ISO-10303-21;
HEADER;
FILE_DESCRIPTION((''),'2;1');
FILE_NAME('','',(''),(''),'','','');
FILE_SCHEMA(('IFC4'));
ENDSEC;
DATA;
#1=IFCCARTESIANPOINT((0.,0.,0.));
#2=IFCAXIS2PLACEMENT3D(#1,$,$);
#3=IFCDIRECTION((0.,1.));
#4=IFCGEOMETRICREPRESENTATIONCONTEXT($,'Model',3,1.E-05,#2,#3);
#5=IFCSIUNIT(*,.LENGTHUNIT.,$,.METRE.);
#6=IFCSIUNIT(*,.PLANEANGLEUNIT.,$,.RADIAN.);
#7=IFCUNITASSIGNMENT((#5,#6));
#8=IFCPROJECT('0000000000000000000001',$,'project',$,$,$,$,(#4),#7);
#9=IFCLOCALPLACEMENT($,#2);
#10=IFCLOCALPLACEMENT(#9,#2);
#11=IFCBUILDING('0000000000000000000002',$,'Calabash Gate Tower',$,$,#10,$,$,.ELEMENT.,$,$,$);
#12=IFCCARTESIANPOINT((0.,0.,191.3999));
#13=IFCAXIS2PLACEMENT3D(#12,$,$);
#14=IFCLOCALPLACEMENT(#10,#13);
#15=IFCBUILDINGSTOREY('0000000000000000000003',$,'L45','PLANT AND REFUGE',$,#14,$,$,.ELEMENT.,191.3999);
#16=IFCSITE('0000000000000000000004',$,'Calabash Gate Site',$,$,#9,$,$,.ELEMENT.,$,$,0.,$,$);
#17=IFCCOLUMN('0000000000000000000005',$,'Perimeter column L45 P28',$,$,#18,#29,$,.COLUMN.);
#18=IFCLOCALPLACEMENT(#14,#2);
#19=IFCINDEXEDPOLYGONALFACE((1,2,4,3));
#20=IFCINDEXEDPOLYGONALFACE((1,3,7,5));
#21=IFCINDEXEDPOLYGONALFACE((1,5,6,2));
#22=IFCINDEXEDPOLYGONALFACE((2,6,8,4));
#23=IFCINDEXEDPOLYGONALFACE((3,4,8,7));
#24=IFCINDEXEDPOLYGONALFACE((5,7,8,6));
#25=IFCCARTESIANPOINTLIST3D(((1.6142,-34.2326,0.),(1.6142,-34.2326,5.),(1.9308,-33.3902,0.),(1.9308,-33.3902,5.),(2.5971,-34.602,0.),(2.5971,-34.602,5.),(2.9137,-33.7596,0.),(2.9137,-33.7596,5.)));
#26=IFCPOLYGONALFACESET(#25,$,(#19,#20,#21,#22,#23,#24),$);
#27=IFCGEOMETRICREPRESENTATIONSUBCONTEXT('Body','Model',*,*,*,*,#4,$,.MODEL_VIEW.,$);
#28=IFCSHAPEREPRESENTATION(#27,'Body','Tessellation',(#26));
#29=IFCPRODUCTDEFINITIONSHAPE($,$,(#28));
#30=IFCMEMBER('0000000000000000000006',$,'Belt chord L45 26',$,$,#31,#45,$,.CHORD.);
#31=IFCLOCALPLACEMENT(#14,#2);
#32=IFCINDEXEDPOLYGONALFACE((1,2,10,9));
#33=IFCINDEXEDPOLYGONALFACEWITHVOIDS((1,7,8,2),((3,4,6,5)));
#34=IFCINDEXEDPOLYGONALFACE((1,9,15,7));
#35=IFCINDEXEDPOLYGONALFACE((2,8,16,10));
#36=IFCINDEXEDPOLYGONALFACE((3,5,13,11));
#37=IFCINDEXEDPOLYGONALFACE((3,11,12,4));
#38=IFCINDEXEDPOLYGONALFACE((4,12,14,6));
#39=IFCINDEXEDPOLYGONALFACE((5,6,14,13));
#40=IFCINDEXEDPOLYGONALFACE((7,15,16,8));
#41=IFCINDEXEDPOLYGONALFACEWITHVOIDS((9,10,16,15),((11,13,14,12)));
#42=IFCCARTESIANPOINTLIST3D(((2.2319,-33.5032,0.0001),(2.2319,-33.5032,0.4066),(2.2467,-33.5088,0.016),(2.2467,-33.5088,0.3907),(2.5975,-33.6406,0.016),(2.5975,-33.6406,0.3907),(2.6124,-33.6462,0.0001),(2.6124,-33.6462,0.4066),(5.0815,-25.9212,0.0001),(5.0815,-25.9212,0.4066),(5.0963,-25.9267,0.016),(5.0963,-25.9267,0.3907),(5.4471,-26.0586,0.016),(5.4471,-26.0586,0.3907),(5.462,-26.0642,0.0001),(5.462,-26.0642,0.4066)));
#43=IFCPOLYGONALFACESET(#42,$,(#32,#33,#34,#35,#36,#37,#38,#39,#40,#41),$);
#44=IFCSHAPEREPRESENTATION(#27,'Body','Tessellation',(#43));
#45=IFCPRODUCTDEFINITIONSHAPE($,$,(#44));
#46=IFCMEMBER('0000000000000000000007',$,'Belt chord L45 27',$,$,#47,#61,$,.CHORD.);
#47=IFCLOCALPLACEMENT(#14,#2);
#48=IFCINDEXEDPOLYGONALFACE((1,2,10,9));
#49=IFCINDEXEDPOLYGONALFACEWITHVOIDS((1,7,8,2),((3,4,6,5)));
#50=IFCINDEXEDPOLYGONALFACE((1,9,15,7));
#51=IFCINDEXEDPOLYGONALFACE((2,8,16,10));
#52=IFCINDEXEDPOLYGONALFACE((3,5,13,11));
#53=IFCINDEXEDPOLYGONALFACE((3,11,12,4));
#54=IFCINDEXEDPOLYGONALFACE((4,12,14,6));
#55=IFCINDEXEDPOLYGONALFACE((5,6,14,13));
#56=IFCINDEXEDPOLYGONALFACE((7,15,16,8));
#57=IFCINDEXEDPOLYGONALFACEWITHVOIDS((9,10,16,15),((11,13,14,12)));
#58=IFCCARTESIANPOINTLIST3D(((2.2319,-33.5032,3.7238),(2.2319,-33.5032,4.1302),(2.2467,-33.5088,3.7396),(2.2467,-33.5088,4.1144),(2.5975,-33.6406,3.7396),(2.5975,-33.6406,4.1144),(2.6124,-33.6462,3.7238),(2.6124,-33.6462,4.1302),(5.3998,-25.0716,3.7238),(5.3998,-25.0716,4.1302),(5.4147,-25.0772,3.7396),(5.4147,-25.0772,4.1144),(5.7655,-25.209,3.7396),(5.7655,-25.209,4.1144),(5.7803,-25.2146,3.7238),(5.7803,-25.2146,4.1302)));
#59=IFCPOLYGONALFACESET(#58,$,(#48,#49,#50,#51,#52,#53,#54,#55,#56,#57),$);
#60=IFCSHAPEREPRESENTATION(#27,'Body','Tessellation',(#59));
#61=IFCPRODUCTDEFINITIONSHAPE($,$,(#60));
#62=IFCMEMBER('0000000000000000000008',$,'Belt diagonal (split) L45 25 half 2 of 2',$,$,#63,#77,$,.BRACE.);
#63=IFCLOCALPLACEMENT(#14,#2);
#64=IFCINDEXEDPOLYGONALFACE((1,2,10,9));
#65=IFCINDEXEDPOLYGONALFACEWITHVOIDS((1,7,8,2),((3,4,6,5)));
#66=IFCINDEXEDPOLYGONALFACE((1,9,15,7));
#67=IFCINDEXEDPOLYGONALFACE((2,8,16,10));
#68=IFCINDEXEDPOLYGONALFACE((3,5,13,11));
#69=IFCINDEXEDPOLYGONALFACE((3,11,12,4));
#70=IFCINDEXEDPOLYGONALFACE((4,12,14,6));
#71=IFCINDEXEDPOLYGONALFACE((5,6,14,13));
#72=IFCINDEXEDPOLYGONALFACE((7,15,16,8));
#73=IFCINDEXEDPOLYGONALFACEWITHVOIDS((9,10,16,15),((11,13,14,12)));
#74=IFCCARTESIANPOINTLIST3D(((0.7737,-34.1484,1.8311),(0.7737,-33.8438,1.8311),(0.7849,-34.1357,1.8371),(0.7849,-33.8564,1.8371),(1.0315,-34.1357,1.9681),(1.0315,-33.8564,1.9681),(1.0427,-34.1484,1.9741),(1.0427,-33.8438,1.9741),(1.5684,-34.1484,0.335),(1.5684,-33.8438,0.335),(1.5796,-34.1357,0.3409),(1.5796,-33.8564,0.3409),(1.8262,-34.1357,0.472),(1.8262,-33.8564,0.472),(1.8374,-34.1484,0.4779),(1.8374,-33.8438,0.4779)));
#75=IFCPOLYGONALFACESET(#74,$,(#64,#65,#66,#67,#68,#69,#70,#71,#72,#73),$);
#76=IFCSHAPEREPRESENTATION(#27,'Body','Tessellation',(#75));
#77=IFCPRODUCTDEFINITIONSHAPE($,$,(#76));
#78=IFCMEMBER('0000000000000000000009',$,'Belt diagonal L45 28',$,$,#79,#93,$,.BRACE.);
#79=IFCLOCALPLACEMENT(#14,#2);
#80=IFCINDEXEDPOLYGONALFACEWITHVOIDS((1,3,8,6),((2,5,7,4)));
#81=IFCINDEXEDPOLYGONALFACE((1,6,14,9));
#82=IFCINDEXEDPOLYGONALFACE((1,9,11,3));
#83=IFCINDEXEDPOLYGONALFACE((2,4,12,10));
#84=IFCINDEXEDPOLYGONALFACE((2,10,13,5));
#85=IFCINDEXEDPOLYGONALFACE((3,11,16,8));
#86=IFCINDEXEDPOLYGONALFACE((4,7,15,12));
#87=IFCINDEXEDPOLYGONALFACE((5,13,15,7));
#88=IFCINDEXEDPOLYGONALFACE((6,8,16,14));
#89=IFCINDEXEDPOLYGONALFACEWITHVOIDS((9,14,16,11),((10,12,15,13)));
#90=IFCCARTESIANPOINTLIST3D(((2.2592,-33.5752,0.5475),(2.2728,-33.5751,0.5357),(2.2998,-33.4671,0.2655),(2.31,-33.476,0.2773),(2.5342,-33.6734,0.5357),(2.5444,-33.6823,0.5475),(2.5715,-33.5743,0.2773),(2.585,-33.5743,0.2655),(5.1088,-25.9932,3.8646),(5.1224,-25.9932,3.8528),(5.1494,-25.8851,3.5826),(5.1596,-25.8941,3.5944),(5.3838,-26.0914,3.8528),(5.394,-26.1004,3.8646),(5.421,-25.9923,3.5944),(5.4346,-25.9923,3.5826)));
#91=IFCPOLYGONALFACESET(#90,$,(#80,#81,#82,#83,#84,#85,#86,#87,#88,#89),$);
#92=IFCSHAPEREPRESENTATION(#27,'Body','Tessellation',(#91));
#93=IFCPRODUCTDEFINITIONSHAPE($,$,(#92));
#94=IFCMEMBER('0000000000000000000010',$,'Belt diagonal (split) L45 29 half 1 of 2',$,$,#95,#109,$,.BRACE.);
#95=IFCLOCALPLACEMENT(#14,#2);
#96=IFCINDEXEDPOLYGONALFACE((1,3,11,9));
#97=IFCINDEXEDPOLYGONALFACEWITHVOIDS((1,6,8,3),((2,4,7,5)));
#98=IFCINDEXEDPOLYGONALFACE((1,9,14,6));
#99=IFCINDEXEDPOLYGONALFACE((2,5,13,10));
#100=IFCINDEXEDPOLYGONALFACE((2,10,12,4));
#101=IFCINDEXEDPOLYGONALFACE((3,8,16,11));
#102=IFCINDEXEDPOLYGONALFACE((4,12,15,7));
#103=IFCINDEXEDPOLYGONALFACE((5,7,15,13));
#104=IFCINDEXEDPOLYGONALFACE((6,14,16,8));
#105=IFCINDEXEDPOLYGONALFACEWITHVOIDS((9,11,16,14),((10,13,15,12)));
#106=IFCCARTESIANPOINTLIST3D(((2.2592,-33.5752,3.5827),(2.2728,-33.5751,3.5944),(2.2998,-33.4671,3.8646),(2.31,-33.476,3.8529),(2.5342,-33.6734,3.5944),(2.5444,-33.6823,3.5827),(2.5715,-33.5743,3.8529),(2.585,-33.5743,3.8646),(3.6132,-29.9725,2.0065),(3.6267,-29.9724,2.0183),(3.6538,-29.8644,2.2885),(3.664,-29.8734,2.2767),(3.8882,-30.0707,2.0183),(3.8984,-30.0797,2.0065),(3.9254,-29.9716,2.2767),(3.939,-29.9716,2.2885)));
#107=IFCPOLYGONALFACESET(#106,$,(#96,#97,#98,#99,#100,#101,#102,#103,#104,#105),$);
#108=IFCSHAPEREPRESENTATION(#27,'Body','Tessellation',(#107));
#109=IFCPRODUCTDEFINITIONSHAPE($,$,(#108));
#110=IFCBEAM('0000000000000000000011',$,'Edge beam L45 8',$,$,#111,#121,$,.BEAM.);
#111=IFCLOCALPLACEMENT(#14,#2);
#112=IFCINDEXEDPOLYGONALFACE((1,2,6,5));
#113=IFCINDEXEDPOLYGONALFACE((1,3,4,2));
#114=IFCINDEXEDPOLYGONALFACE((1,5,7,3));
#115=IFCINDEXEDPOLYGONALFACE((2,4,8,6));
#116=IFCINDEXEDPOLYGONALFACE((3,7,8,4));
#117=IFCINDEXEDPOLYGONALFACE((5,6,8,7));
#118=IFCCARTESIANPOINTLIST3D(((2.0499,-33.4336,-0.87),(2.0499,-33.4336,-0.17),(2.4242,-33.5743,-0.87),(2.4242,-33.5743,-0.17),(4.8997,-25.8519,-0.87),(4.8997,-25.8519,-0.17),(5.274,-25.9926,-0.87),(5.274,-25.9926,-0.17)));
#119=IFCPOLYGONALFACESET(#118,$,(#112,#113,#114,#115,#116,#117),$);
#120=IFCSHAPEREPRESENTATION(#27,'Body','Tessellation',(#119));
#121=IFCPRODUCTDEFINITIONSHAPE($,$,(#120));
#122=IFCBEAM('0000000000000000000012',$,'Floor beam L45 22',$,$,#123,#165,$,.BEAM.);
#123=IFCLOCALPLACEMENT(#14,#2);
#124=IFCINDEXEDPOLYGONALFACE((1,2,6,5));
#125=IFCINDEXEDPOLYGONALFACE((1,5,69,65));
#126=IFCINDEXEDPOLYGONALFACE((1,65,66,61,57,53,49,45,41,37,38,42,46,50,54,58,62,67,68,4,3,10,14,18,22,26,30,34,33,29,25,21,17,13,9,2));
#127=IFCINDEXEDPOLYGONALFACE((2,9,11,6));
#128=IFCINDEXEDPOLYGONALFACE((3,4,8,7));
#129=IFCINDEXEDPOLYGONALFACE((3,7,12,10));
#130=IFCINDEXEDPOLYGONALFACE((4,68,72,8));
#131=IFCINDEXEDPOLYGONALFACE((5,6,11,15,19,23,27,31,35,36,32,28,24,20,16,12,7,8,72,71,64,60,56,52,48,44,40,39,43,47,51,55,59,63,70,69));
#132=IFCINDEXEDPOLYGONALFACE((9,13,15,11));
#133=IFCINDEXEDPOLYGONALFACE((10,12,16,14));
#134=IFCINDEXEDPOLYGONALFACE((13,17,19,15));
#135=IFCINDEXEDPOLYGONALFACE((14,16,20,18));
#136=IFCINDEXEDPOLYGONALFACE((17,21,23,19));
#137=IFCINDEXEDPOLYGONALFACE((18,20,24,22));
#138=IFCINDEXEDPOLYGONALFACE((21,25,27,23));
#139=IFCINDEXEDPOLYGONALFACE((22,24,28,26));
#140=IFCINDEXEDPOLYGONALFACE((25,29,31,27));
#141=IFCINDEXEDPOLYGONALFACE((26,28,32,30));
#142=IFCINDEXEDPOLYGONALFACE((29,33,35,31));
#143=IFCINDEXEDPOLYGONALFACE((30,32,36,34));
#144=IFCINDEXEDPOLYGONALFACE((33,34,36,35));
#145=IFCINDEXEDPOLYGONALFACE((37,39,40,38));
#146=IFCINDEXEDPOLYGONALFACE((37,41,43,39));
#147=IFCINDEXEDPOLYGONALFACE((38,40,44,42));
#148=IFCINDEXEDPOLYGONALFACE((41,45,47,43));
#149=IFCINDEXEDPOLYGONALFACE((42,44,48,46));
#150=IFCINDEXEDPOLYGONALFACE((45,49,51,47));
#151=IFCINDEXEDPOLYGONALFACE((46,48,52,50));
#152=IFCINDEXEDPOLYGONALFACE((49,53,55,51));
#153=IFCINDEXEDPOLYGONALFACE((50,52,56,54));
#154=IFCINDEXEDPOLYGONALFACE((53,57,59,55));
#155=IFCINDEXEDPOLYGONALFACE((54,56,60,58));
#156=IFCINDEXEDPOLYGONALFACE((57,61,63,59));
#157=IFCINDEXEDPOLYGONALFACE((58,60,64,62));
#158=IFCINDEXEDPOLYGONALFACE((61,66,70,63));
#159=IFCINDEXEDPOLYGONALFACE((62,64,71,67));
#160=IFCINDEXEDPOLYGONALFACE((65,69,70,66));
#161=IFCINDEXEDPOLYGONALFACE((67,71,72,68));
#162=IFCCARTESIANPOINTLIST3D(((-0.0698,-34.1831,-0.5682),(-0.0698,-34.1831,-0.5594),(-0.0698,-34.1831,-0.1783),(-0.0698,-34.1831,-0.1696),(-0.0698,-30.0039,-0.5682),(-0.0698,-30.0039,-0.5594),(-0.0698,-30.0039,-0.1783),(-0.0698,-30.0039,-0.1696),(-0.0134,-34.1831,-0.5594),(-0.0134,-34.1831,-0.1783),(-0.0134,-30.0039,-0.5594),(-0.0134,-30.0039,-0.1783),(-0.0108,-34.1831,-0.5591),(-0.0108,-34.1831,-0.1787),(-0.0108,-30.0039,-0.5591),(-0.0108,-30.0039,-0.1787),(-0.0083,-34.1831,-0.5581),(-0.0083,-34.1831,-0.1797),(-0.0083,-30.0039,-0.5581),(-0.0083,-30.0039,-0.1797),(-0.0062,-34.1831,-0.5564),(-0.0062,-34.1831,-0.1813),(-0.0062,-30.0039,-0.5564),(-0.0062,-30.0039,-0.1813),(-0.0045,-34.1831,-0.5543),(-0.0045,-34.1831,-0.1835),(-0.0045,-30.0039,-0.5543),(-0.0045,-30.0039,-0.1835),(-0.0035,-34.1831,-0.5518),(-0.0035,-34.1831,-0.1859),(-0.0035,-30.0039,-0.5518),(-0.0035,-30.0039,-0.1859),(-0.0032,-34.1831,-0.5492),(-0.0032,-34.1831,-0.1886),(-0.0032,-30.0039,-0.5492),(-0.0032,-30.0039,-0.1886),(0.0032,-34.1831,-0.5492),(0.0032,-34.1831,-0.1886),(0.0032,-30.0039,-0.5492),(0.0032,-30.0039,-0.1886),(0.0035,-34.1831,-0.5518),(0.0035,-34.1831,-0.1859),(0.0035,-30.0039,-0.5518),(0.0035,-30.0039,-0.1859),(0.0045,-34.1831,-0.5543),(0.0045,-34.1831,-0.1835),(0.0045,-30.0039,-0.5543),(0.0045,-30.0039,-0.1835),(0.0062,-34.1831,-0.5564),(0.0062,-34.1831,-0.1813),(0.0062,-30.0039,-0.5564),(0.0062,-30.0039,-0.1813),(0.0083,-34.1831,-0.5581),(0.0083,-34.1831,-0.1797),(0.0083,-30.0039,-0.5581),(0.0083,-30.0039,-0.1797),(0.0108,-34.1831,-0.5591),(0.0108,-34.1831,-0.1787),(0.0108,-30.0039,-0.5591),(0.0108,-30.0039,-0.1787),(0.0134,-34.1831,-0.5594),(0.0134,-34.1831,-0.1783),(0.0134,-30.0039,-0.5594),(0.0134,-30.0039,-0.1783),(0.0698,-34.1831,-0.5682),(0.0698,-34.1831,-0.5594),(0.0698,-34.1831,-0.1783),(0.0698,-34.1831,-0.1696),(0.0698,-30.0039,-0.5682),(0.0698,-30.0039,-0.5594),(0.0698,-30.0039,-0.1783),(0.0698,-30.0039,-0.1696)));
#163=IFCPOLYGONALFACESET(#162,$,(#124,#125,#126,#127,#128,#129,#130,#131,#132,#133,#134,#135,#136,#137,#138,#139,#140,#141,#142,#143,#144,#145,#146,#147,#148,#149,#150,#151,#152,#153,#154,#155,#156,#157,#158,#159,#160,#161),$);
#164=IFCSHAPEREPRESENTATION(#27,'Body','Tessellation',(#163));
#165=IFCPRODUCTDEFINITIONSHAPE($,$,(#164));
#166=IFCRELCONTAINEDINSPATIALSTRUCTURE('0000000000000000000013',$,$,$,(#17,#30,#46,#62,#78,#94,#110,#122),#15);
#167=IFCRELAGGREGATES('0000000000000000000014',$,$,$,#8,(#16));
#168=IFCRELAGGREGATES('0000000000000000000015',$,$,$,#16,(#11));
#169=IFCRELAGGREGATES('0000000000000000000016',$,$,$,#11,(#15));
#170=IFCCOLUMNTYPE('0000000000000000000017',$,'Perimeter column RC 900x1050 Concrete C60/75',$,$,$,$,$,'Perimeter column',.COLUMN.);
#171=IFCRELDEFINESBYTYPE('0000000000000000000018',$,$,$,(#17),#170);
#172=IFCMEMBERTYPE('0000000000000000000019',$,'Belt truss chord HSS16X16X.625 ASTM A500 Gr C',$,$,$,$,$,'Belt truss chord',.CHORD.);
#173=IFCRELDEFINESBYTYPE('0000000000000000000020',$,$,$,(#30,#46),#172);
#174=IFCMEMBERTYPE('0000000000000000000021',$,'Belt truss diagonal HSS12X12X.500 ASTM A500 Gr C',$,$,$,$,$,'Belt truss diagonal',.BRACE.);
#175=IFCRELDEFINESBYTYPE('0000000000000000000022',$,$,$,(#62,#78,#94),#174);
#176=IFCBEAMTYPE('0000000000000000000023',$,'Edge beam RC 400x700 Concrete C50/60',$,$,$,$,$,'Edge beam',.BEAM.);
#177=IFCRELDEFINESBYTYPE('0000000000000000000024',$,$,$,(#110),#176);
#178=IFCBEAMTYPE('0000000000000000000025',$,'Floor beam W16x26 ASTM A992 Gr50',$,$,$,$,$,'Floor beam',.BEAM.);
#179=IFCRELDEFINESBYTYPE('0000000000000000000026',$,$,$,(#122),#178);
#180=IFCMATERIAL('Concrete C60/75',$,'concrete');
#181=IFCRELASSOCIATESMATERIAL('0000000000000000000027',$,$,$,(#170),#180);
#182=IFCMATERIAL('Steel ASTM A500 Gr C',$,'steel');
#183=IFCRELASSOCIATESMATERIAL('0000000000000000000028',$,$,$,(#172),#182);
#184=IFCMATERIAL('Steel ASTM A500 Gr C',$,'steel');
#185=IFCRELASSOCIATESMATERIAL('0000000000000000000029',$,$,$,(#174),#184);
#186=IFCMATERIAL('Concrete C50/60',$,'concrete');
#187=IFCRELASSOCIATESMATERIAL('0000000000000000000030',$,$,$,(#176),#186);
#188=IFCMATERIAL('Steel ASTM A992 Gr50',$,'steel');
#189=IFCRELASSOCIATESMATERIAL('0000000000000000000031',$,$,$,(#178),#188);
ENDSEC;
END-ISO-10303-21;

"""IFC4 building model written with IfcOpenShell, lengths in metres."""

from ifc_helpers import new_model, si_unit, direction, frame, origin, origin_2d, place, context, subcontext, project, spatial, rectangle, hollow_rectangle, i_section, extrude, material, material_profile, profile_set, type_object, element, save


model = new_model("IFC4")

# Units and contexts
model_context = context("Model", 3, precision=1e-05, world=origin(), true_north=direction((0.0, 1.0)))
body_context = subcontext(model_context, "Body", "Model", "MODEL_VIEW")
ifc_project = project(units=[si_unit("LENGTHUNIT", "METRE"), si_unit("PLANEANGLEUNIT", "RADIAN")], contexts=[model_context])

# Site, building, storey
site_placement = place(None, origin())
site = spatial("IfcSite", under=ifc_project, at=site_placement, Name="Calabash Gate Site", CompositionType="ELEMENT", RefElevation=0.0)
building_placement = place(site_placement, origin())
building = spatial("IfcBuilding", under=site, at=building_placement, Name="Calabash Gate Tower", CompositionType="ELEMENT")
storey_placement = place(building_placement, frame((0.0, 0.0, 191.3999)))
storey = spatial("IfcBuildingStorey", under=building, at=storey_placement, Name="L45", Description="PLANT AND REFUGE", CompositionType="ELEMENT", Elevation=191.3999)

# Column
ifc_material_1 = material(Name="Concrete C60/75", Category="concrete")
ifc_material_profile_1 = material_profile(ifc_material_1, rectangle(XDim=0.8999, YDim=1.05, at=origin_2d()))
ifc_profile_set_1 = profile_set([ifc_material_profile_1], Name="Concrete C60/75")
column_type = type_object("IfcColumnType", Name="Perimeter column RC 900x1050 Concrete C60/75", ElementType="Perimeter column", PredefinedType="COLUMN", material=ifc_profile_set_1)
column_placement = place(storey_placement, frame((2.2639, -33.9961, 0.0), z_axis=(0.0, 0.0, 1.0), x_axis=(0.351822, 0.936067, 0.0)))
element("IfcColumn", 1, at=column_placement, inside=storey, type_object=column_type, Name="Perimeter column L45 P28", PredefinedType="COLUMN", context=body_context, shape_type="SweptSolid", body=[
    extrude(rectangle(XDim=0.8999, YDim=1.05, at=origin_2d()), origin(), (0.0, 0.0, 1.0), 5.0),
])

# Members
ifc_material_2 = material(Name="Steel ASTM A500 Gr C", Category="steel")
ifc_material_profile_2 = material_profile(ifc_material_2, hollow_rectangle(XDim=0.4065, YDim=0.4065, WallThickness=0.0159, at=origin_2d()))
ifc_profile_set_2 = profile_set([ifc_material_profile_2], Name="Steel ASTM A500 Gr C")
member_type_1 = type_object("IfcMemberType", Name="Belt truss chord HSS16X16X.625 ASTM A500 Gr C", ElementType="Belt truss chord", PredefinedType="CHORD", material=ifc_profile_set_2)
member_1_placement = place(storey_placement, frame((2.4221, -33.5747, 0.2034), z_axis=(0.35181, 0.936071, 0.0), x_axis=(-0.936071, 0.35181, 0.0)))
element("IfcMember", 2, at=member_1_placement, inside=storey, type_object=member_type_1, Name="Belt chord L45 26", PredefinedType="CHORD", context=body_context, shape_type="SweptSolid", body=[
    extrude(hollow_rectangle(XDim=0.4065, YDim=0.4065, WallThickness=0.0159, at=origin_2d()), origin(), (0.0, 0.0, 1.0), 8.0999),
])
member_2_placement = place(storey_placement, frame((2.4221, -33.5747, 3.927), z_axis=(0.351717, 0.936106, 0.0), x_axis=(-0.936106, 0.351717, 0.0)))
element("IfcMember", 3, at=member_2_placement, inside=storey, type_object=member_type_1, Name="Belt chord L45 27", PredefinedType="CHORD", context=body_context, shape_type="SweptSolid", body=[
    extrude(hollow_rectangle(XDim=0.4065, YDim=0.4065, WallThickness=0.0159, at=origin_2d()), origin(), (0.0, 0.0, 1.0), 9.0071),
])
ifc_material_3 = material(Name="Steel ASTM A500 Gr C", Category="steel")
ifc_material_profile_3 = material_profile(ifc_material_3, hollow_rectangle(XDim=0.3047, YDim=0.3047, WallThickness=0.0127, at=origin_2d()))
ifc_profile_set_3 = profile_set([ifc_material_profile_3], Name="Steel ASTM A500 Gr C")
member_type_2 = type_object("IfcMemberType", Name="Belt truss diagonal HSS12X12X.500 ASTM A500 Gr C", ElementType="Belt truss diagonal", PredefinedType="BRACE", material=ifc_profile_set_3)
member_3_placement = place(storey_placement, frame((0.9082, -33.9961, 1.9026), z_axis=(0.469099, 0.0, -0.883146), x_axis=(0.0, 1.0, 0.0)))
element("IfcMember", 4, at=member_3_placement, inside=storey, type_object=member_type_2, Name="Belt diagonal (split) L45 25 half 2 of 2", PredefinedType="BRACE", context=body_context, shape_type="SweptSolid", body=[
    extrude(hollow_rectangle(XDim=0.3047, YDim=0.3047, WallThickness=0.0127, at=origin_2d()), origin(), (0.0, 0.0, 1.0), 1.6941),
])
member_4_placement = place(storey_placement, frame((2.4221, -33.5747, 0.4065), z_axis=(0.325567, 0.866244, 0.378982), x_axis=(-0.936071, 0.35181, 0.0)))
element("IfcMember", 5, at=member_4_placement, inside=storey, type_object=member_type_2, Name="Belt diagonal L45 28", PredefinedType="BRACE", context=body_context, shape_type="SweptSolid", body=[
    extrude(hollow_rectangle(XDim=0.3047, YDim=0.3047, WallThickness=0.0127, at=origin_2d()), origin(), (0.0, 0.0, 1.0), 8.7527),
])
member_5_placement = place(storey_placement, frame((2.4221, -33.5747, 3.7236), z_axis=(0.325556, 0.866252, -0.378974), x_axis=(-0.936076, 0.351798, 0.0)))
element("IfcMember", 6, at=member_5_placement, inside=storey, type_object=member_type_2, Name="Belt diagonal (split) L45 29 half 1 of 2", PredefinedType="BRACE", context=body_context, shape_type="SweptSolid", body=[
    extrude(hollow_rectangle(XDim=0.3047, YDim=0.3047, WallThickness=0.0127, at=origin_2d()), origin(), (0.0, 0.0, 1.0), 4.1589),
])

# Beams
ifc_material_4 = material(Name="Concrete C50/60", Category="concrete")
ifc_material_profile_4 = material_profile(ifc_material_4, rectangle(XDim=0.3999, YDim=0.7, at=origin_2d()))
ifc_profile_set_4 = profile_set([ifc_material_profile_4], Name="Concrete C50/60")
beam_type_1 = type_object("IfcBeamType", Name="Edge beam RC 400x700 Concrete C50/60", ElementType="Edge beam", PredefinedType="BEAM", material=ifc_profile_set_4)
beam_1_placement = place(storey_placement, frame((2.2371, -33.5039, -0.52), z_axis=(0.351847, 0.936058, 0.0), x_axis=(-0.936058, 0.351847, 0.0)))
element("IfcBeam", 7, at=beam_1_placement, inside=storey, type_object=beam_type_1, Name="Edge beam L45 8", PredefinedType="BEAM", context=body_context, shape_type="SweptSolid", body=[
    extrude(rectangle(XDim=0.3999, YDim=0.7, at=origin_2d()), origin(), (0.0, 0.0, 1.0), 8.0996),
])
ifc_material_5 = material(Name="Steel ASTM A992 Gr50", Category="steel")
ifc_material_profile_5 = material_profile(ifc_material_5, i_section(OverallWidth=0.1396, OverallDepth=0.3987, WebThickness=0.0063, FlangeThickness=0.0088, FilletRadius=0.0103, at=origin_2d()))
ifc_profile_set_5 = profile_set([ifc_material_profile_5], Name="Steel ASTM A992 Gr50")
beam_type_2 = type_object("IfcBeamType", Name="Floor beam W16x26 ASTM A992 Gr50", ElementType="Floor beam", PredefinedType="BEAM", material=ifc_profile_set_5)
beam_2_placement = place(storey_placement, frame((0.0, -34.1831, -0.3689), z_axis=(0.0, 1.0, 0.0), x_axis=(-1.0, 0.0, 0.0)))
element("IfcBeam", 8, at=beam_2_placement, inside=storey, type_object=beam_type_2, Name="Floor beam L45 22", PredefinedType="BEAM", context=body_context, shape_type="SweptSolid", body=[
    extrude(i_section(OverallWidth=0.1396, OverallDepth=0.3987, WebThickness=0.0063, FlangeThickness=0.0088, FilletRadius=0.0103, at=origin_2d()), origin(), (0.0, 0.0, 1.0), 4.1792),
])

save(model, "model.ifc")
